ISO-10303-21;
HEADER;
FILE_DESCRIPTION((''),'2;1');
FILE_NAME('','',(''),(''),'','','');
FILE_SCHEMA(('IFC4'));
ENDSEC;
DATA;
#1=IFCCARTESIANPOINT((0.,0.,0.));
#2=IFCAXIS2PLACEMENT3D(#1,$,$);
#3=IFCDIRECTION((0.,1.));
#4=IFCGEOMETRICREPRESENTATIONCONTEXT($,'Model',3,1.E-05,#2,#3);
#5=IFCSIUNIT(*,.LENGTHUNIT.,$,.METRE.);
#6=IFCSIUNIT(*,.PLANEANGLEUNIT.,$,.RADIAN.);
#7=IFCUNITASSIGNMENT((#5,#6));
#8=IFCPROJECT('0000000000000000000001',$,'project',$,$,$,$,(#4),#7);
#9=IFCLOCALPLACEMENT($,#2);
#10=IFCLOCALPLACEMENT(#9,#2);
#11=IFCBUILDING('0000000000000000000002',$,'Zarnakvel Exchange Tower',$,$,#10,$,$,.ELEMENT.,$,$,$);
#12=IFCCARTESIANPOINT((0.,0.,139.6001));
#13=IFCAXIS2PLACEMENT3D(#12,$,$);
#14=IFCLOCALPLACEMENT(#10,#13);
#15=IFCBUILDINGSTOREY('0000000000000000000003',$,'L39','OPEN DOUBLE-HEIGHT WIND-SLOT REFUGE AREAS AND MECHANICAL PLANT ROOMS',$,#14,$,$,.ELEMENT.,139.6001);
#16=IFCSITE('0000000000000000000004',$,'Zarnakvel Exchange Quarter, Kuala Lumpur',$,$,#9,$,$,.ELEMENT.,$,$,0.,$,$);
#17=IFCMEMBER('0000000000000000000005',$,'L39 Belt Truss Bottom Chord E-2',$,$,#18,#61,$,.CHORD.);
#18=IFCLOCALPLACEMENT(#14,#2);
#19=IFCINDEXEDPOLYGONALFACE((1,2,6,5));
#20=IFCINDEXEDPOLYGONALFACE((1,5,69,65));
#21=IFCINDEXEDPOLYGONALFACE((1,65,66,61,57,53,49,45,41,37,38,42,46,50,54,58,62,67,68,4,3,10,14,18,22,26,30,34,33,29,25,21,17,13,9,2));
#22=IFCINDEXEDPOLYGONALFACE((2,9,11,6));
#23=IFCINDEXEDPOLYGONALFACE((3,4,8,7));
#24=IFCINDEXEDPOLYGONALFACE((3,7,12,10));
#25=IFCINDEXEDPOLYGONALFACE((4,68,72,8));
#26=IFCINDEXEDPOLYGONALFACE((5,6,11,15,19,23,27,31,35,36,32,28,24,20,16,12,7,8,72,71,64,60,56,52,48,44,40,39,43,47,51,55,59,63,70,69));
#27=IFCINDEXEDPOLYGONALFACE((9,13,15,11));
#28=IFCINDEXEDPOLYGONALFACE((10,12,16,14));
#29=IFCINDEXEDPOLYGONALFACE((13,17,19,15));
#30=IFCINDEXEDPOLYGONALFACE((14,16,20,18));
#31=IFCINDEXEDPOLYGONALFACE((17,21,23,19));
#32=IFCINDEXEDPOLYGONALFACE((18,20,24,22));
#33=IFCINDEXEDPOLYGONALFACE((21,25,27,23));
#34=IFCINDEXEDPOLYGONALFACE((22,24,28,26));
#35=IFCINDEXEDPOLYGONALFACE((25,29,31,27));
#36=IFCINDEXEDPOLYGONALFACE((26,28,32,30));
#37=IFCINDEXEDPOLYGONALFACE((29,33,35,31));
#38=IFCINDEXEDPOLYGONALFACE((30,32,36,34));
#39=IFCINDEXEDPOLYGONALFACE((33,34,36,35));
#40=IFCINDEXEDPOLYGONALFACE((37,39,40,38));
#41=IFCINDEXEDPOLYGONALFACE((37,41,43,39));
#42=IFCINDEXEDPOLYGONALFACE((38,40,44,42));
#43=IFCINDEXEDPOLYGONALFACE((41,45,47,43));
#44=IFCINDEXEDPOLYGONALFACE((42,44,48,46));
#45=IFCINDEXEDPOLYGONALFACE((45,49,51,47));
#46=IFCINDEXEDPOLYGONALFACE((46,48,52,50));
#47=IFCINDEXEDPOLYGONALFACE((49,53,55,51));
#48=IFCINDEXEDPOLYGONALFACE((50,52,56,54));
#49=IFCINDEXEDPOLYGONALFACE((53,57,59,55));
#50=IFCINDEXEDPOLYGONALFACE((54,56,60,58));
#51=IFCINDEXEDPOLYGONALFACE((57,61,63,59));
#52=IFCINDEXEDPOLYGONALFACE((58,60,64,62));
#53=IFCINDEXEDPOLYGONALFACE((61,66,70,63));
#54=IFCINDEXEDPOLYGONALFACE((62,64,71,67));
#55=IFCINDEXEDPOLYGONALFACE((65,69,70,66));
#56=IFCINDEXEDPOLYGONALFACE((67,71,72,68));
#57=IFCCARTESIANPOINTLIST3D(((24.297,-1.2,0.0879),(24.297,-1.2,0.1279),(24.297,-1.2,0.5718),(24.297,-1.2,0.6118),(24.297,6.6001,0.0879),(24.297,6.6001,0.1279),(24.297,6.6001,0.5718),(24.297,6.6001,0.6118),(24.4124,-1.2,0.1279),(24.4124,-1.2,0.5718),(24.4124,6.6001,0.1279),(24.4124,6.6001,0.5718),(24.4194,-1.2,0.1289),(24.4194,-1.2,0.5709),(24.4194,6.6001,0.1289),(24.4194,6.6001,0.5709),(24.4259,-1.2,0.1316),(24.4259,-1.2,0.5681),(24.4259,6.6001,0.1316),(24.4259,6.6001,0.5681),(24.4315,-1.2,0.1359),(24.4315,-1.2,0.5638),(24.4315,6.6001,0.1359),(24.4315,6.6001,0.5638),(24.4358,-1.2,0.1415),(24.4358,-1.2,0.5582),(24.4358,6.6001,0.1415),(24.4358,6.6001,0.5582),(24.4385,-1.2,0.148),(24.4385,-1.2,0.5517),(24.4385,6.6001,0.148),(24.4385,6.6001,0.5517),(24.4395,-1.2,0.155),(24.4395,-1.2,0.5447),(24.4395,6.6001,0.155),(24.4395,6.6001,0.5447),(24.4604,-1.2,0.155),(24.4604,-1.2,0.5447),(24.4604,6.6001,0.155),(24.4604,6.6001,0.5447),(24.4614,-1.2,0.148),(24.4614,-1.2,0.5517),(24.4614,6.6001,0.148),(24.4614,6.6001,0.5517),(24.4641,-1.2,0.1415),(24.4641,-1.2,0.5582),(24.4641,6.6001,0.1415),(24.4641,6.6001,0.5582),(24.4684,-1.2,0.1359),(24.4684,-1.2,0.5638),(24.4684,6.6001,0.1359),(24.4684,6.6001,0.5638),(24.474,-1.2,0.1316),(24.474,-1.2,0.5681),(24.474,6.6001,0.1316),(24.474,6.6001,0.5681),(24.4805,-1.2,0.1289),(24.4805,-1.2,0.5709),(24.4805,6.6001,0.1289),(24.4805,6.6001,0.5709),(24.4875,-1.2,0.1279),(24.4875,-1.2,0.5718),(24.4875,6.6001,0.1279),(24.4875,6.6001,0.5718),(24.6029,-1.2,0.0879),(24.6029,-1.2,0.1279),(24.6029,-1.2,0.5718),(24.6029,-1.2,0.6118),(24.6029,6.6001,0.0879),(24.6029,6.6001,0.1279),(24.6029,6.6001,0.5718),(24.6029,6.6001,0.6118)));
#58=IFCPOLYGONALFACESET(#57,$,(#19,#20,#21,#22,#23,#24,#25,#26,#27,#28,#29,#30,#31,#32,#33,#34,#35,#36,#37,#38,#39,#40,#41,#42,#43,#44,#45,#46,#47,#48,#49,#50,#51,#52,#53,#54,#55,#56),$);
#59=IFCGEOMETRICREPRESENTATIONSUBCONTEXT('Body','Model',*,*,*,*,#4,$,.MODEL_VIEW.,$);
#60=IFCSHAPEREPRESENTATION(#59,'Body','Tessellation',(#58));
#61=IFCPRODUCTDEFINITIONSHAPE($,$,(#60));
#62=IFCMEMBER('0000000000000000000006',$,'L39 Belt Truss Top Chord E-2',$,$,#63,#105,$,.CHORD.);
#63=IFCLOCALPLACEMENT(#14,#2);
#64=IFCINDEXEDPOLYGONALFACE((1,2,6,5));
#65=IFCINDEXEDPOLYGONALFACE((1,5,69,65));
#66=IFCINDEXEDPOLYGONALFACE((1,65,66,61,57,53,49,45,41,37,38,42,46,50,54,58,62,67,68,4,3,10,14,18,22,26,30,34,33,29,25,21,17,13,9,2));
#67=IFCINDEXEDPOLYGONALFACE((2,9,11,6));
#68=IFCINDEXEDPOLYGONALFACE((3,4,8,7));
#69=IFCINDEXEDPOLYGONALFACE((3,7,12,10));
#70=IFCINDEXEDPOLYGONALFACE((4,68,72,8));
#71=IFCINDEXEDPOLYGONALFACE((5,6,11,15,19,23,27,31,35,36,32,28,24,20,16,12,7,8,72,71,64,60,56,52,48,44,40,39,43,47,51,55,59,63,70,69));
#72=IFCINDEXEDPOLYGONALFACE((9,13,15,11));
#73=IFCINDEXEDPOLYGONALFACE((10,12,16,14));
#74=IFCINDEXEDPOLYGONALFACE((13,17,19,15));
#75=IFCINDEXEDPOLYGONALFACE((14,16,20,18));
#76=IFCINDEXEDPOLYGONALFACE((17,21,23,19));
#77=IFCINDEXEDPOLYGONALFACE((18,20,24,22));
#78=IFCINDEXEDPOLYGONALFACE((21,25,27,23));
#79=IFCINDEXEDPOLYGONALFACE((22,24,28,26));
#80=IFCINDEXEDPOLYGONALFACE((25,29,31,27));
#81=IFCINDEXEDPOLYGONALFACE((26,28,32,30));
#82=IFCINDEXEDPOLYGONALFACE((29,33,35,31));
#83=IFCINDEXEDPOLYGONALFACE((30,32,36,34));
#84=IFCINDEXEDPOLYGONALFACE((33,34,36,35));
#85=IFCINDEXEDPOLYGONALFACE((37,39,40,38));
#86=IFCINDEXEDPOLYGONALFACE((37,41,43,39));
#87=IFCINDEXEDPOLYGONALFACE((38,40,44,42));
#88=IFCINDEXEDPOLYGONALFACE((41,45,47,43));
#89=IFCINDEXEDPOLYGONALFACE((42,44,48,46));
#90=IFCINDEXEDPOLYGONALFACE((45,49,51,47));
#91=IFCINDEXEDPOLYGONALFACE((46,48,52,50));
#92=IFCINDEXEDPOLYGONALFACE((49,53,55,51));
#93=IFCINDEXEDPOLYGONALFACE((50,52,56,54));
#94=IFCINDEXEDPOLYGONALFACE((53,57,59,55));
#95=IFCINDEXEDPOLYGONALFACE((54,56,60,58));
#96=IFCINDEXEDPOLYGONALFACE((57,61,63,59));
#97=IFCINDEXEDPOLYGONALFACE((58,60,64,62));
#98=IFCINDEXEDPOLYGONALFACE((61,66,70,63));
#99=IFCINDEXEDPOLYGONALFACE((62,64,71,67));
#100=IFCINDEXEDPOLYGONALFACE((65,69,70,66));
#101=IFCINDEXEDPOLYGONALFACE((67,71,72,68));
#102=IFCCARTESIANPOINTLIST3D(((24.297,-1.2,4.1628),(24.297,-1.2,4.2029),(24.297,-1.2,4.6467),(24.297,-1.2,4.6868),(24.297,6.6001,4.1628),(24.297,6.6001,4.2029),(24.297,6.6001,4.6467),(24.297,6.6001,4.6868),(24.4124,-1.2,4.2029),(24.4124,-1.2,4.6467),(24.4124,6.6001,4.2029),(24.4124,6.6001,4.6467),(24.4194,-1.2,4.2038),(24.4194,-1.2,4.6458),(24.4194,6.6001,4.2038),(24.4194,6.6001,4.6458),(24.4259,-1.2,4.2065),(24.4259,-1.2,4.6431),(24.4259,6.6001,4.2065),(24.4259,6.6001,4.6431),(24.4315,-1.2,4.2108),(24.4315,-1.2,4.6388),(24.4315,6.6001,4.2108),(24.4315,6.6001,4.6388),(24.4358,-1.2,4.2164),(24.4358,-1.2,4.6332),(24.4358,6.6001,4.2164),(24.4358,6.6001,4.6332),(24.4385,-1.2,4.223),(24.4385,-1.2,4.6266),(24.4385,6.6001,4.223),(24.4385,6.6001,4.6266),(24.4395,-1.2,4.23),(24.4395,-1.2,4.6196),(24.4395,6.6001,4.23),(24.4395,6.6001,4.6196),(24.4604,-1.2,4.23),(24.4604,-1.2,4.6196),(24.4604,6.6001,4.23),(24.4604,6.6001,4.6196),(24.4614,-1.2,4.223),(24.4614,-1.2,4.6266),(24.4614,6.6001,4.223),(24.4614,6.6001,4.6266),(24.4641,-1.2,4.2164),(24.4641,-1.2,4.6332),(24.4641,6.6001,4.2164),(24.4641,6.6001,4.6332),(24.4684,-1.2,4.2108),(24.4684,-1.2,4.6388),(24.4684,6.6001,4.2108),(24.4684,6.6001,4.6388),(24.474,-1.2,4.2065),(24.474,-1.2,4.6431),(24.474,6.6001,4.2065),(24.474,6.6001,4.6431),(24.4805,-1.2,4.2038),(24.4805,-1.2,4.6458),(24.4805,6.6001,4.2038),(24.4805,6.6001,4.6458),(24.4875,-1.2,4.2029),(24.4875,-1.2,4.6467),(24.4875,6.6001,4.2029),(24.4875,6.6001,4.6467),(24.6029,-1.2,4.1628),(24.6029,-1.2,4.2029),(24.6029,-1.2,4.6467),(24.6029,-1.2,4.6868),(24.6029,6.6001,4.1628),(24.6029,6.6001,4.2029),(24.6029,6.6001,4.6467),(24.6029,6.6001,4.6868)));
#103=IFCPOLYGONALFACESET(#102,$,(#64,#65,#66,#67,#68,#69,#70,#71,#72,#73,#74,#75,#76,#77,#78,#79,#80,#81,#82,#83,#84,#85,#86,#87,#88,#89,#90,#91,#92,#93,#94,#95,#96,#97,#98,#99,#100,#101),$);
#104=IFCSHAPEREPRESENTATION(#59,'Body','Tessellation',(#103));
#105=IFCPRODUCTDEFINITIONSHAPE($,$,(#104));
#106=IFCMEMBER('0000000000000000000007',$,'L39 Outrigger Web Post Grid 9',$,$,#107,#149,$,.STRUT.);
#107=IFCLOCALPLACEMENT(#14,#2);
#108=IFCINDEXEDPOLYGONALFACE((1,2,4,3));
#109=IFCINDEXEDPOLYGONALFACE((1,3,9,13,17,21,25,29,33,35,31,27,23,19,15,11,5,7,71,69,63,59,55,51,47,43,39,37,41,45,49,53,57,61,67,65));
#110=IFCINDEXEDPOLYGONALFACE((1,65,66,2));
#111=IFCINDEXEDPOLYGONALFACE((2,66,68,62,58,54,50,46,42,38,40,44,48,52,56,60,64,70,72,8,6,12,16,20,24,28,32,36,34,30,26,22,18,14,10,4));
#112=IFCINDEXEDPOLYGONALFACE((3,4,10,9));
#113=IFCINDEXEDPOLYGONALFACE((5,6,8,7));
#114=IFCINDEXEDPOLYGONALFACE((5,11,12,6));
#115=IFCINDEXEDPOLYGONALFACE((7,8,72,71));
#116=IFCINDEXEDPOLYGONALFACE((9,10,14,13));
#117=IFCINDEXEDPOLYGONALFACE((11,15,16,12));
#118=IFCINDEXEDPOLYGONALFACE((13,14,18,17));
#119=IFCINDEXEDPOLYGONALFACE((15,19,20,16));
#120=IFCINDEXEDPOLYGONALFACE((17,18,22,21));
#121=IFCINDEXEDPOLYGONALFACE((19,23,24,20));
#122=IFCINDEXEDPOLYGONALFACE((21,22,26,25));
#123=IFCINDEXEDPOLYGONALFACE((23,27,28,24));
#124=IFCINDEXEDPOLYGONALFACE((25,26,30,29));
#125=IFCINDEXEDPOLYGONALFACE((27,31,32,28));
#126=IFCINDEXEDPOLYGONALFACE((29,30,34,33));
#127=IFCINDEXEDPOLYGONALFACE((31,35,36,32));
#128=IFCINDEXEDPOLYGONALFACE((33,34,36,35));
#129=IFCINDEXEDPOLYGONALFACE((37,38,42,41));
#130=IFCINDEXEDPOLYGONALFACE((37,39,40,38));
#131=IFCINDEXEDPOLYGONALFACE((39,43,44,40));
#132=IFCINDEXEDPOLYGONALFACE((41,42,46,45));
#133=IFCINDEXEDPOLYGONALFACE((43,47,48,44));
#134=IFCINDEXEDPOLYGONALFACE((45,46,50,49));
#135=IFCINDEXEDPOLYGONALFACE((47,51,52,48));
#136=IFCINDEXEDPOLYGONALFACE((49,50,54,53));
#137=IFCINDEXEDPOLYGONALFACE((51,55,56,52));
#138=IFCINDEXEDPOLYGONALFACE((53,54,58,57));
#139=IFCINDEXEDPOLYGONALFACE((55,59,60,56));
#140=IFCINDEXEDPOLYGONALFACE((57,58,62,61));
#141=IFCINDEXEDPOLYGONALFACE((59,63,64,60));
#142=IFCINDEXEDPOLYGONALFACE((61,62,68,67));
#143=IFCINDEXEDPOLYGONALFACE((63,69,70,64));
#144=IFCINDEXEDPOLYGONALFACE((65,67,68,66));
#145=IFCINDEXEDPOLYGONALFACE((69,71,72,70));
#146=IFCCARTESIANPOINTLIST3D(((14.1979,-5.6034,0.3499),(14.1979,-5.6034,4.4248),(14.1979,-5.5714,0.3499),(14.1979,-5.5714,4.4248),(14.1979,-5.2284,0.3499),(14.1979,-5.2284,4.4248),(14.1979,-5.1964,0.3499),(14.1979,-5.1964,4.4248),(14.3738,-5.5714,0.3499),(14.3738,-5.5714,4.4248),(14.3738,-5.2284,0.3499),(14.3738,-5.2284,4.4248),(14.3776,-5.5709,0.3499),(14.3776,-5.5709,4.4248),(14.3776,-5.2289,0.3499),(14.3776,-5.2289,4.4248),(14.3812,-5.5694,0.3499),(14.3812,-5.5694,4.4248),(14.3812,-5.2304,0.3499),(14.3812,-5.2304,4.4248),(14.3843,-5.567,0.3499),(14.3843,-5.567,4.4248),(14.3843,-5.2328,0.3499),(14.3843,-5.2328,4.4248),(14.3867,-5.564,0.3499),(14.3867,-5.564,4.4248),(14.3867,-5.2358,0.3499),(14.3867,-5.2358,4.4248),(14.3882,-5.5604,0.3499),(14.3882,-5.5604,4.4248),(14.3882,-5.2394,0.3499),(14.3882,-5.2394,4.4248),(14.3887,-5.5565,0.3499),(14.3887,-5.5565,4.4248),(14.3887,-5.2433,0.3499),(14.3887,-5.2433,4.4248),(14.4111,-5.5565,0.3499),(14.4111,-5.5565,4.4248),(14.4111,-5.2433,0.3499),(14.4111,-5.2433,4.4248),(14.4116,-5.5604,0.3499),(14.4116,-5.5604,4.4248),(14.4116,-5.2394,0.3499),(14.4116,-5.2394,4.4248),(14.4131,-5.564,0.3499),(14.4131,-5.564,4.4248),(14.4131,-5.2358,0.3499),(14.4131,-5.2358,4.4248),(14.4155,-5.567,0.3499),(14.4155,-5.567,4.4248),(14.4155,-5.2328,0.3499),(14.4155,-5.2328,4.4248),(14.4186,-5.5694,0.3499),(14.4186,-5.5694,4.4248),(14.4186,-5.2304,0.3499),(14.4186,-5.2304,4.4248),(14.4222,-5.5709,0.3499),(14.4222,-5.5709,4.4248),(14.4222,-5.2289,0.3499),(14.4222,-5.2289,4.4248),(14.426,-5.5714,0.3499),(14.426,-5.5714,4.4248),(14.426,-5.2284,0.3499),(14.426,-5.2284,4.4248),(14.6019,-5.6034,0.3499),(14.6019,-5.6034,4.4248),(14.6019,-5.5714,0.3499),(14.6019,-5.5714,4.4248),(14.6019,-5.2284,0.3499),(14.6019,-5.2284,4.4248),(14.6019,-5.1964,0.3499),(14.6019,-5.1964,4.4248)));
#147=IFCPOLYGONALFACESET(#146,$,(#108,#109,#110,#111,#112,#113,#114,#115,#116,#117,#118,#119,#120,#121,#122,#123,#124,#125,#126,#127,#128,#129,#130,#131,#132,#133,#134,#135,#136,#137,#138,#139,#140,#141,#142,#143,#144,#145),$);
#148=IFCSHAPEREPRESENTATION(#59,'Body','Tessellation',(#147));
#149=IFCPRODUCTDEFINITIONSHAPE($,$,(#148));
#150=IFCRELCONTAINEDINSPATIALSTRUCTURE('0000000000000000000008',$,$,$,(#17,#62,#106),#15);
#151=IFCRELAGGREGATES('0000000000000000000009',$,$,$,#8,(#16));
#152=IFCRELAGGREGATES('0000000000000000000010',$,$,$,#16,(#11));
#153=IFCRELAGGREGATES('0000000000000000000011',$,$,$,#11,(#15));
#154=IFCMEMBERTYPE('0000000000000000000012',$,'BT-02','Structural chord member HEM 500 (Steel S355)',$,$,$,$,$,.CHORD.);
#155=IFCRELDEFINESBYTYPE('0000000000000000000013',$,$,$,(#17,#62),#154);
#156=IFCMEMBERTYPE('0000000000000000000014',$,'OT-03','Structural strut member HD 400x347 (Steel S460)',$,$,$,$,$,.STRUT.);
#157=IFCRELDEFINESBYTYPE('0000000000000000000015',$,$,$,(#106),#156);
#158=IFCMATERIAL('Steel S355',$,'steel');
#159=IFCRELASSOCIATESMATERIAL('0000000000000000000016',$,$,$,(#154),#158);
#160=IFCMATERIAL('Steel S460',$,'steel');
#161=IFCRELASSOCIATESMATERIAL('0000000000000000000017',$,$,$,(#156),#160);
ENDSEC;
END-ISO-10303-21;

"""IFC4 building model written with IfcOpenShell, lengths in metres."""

from ifc_helpers import new_model, si_unit, direction, frame, origin, origin_2d, place, context, subcontext, project, spatial, i_section, extrude, source, transform, mapped, material, material_profile, profile_set, type_object, element, save


model = new_model("IFC4")

# Units and contexts
model_context = context("Model", 3, precision=1e-05, world=origin(), true_north=direction((0.0, 1.0)))
body_context = subcontext(model_context, "Body", "Model", "MODEL_VIEW")
ifc_project = project(units=[si_unit("LENGTHUNIT", "METRE"), si_unit("PLANEANGLEUNIT", "RADIAN")], contexts=[model_context])

# Site, building, storey
site_placement = place(None, origin())
site = spatial("IfcSite", under=ifc_project, at=site_placement, Name="Zarnakvel Exchange Quarter, Kuala Lumpur", CompositionType="ELEMENT", RefElevation=0.0)
building_placement = place(site_placement, origin())
building = spatial("IfcBuilding", under=site, at=building_placement, Name="Zarnakvel Exchange Tower", CompositionType="ELEMENT")
storey_placement = place(building_placement, frame((0.0, 0.0, 139.6001)))
storey = spatial("IfcBuildingStorey", under=building, at=storey_placement, Name="L39", Description="OPEN DOUBLE-HEIGHT WIND-SLOT REFUGE AREAS AND MECHANICAL PLANT ROOMS", CompositionType="ELEMENT", Elevation=139.6001)

# Shared definitions
ifc_material_1 = material(Name="Steel S355", Category="steel")

# Shared definitions
ifc_material_2 = material(Name="Steel S460", Category="steel")

# Members
ifc_material_profile_1 = material_profile(ifc_material_1, i_section(OverallWidth=0.3059, OverallDepth=0.5239, WebThickness=0.021, FlangeThickness=0.04, FilletRadius=0.0271, at=origin_2d()))
ifc_profile_set_1 = profile_set([ifc_material_profile_1], Name="Steel S355")
member_type_1 = type_object("IfcMemberType", Name="BT-02", Description="Structural chord member HEM 500 (Steel S355)", PredefinedType="CHORD", material=ifc_profile_set_1)
shared_shape_1 = source(origin(), body_context, "Body", "SweptSolid", [
    extrude(i_section(OverallWidth=0.3059, OverallDepth=0.5239, WebThickness=0.021, FlangeThickness=0.04, FilletRadius=0.0271, at=origin_2d()), origin(), (0.0, 0.0, 1.0), 7.8),
])
for number, where, z_axis, x_axis, name in (
    (1, (24.45, -1.2, 0.3499), (0.0, 1.0, 0.0), (-1.0, 0.0, 0.0), "L39 Belt Truss Bottom Chord E-2"),
    (2, (24.45, -1.2, 4.4248), (0.0, 1.0, 0.0), (-1.0, 0.0, 0.0), "L39 Belt Truss Top Chord E-2"),
):
    element("IfcMember", number, at=place(storey_placement, frame(where, z_axis=z_axis, x_axis=x_axis)), inside=storey, type_object=member_type_1, Name=name, PredefinedType="CHORD", context=body_context, shape_type="MappedRepresentation", body=[
        mapped(shared_shape_1, transform((0.0, 0.0, 0.0), x_axis=(1.0, 0.0, 0.0), y_axis=(0.0, 1.0, 0.0), z_axis=(0.0, 0.0, 1.0), scale=1.0)),
    ])
ifc_material_profile_2 = material_profile(ifc_material_2, i_section(OverallWidth=0.4041, OverallDepth=0.407, WebThickness=0.0225, FlangeThickness=0.032, FilletRadius=0.0149, at=origin_2d()))
ifc_profile_set_2 = profile_set([ifc_material_profile_2], Name="Steel S460")
member_type_2 = type_object("IfcMemberType", Name="OT-03", Description="Structural strut member HD 400x347 (Steel S460)", PredefinedType="STRUT", material=ifc_profile_set_2)
shared_shape_2 = source(origin(), body_context, "Body", "SweptSolid", [
    extrude(i_section(OverallWidth=0.4041, OverallDepth=0.407, WebThickness=0.0225, FlangeThickness=0.032, FilletRadius=0.0149, at=origin_2d()), origin(), (0.0, 0.0, 1.0), 4.075),
])
member_1_placement = place(storey_placement, frame((14.3999, -5.3999, 0.3499), z_axis=(0.0, 0.0, 1.0), x_axis=(1.0, 0.0, 0.0)))
element("IfcMember", 3, at=member_1_placement, inside=storey, type_object=member_type_2, Name="L39 Outrigger Web Post Grid 9", PredefinedType="STRUT", context=body_context, shape_type="MappedRepresentation", body=[
    mapped(shared_shape_2, transform((0.0, 0.0, 0.0), x_axis=(1.0, 0.0, 0.0), y_axis=(0.0, 1.0, 0.0), z_axis=(0.0, 0.0, 1.0), scale=1.0)),
])

save(model, "model.ifc")
